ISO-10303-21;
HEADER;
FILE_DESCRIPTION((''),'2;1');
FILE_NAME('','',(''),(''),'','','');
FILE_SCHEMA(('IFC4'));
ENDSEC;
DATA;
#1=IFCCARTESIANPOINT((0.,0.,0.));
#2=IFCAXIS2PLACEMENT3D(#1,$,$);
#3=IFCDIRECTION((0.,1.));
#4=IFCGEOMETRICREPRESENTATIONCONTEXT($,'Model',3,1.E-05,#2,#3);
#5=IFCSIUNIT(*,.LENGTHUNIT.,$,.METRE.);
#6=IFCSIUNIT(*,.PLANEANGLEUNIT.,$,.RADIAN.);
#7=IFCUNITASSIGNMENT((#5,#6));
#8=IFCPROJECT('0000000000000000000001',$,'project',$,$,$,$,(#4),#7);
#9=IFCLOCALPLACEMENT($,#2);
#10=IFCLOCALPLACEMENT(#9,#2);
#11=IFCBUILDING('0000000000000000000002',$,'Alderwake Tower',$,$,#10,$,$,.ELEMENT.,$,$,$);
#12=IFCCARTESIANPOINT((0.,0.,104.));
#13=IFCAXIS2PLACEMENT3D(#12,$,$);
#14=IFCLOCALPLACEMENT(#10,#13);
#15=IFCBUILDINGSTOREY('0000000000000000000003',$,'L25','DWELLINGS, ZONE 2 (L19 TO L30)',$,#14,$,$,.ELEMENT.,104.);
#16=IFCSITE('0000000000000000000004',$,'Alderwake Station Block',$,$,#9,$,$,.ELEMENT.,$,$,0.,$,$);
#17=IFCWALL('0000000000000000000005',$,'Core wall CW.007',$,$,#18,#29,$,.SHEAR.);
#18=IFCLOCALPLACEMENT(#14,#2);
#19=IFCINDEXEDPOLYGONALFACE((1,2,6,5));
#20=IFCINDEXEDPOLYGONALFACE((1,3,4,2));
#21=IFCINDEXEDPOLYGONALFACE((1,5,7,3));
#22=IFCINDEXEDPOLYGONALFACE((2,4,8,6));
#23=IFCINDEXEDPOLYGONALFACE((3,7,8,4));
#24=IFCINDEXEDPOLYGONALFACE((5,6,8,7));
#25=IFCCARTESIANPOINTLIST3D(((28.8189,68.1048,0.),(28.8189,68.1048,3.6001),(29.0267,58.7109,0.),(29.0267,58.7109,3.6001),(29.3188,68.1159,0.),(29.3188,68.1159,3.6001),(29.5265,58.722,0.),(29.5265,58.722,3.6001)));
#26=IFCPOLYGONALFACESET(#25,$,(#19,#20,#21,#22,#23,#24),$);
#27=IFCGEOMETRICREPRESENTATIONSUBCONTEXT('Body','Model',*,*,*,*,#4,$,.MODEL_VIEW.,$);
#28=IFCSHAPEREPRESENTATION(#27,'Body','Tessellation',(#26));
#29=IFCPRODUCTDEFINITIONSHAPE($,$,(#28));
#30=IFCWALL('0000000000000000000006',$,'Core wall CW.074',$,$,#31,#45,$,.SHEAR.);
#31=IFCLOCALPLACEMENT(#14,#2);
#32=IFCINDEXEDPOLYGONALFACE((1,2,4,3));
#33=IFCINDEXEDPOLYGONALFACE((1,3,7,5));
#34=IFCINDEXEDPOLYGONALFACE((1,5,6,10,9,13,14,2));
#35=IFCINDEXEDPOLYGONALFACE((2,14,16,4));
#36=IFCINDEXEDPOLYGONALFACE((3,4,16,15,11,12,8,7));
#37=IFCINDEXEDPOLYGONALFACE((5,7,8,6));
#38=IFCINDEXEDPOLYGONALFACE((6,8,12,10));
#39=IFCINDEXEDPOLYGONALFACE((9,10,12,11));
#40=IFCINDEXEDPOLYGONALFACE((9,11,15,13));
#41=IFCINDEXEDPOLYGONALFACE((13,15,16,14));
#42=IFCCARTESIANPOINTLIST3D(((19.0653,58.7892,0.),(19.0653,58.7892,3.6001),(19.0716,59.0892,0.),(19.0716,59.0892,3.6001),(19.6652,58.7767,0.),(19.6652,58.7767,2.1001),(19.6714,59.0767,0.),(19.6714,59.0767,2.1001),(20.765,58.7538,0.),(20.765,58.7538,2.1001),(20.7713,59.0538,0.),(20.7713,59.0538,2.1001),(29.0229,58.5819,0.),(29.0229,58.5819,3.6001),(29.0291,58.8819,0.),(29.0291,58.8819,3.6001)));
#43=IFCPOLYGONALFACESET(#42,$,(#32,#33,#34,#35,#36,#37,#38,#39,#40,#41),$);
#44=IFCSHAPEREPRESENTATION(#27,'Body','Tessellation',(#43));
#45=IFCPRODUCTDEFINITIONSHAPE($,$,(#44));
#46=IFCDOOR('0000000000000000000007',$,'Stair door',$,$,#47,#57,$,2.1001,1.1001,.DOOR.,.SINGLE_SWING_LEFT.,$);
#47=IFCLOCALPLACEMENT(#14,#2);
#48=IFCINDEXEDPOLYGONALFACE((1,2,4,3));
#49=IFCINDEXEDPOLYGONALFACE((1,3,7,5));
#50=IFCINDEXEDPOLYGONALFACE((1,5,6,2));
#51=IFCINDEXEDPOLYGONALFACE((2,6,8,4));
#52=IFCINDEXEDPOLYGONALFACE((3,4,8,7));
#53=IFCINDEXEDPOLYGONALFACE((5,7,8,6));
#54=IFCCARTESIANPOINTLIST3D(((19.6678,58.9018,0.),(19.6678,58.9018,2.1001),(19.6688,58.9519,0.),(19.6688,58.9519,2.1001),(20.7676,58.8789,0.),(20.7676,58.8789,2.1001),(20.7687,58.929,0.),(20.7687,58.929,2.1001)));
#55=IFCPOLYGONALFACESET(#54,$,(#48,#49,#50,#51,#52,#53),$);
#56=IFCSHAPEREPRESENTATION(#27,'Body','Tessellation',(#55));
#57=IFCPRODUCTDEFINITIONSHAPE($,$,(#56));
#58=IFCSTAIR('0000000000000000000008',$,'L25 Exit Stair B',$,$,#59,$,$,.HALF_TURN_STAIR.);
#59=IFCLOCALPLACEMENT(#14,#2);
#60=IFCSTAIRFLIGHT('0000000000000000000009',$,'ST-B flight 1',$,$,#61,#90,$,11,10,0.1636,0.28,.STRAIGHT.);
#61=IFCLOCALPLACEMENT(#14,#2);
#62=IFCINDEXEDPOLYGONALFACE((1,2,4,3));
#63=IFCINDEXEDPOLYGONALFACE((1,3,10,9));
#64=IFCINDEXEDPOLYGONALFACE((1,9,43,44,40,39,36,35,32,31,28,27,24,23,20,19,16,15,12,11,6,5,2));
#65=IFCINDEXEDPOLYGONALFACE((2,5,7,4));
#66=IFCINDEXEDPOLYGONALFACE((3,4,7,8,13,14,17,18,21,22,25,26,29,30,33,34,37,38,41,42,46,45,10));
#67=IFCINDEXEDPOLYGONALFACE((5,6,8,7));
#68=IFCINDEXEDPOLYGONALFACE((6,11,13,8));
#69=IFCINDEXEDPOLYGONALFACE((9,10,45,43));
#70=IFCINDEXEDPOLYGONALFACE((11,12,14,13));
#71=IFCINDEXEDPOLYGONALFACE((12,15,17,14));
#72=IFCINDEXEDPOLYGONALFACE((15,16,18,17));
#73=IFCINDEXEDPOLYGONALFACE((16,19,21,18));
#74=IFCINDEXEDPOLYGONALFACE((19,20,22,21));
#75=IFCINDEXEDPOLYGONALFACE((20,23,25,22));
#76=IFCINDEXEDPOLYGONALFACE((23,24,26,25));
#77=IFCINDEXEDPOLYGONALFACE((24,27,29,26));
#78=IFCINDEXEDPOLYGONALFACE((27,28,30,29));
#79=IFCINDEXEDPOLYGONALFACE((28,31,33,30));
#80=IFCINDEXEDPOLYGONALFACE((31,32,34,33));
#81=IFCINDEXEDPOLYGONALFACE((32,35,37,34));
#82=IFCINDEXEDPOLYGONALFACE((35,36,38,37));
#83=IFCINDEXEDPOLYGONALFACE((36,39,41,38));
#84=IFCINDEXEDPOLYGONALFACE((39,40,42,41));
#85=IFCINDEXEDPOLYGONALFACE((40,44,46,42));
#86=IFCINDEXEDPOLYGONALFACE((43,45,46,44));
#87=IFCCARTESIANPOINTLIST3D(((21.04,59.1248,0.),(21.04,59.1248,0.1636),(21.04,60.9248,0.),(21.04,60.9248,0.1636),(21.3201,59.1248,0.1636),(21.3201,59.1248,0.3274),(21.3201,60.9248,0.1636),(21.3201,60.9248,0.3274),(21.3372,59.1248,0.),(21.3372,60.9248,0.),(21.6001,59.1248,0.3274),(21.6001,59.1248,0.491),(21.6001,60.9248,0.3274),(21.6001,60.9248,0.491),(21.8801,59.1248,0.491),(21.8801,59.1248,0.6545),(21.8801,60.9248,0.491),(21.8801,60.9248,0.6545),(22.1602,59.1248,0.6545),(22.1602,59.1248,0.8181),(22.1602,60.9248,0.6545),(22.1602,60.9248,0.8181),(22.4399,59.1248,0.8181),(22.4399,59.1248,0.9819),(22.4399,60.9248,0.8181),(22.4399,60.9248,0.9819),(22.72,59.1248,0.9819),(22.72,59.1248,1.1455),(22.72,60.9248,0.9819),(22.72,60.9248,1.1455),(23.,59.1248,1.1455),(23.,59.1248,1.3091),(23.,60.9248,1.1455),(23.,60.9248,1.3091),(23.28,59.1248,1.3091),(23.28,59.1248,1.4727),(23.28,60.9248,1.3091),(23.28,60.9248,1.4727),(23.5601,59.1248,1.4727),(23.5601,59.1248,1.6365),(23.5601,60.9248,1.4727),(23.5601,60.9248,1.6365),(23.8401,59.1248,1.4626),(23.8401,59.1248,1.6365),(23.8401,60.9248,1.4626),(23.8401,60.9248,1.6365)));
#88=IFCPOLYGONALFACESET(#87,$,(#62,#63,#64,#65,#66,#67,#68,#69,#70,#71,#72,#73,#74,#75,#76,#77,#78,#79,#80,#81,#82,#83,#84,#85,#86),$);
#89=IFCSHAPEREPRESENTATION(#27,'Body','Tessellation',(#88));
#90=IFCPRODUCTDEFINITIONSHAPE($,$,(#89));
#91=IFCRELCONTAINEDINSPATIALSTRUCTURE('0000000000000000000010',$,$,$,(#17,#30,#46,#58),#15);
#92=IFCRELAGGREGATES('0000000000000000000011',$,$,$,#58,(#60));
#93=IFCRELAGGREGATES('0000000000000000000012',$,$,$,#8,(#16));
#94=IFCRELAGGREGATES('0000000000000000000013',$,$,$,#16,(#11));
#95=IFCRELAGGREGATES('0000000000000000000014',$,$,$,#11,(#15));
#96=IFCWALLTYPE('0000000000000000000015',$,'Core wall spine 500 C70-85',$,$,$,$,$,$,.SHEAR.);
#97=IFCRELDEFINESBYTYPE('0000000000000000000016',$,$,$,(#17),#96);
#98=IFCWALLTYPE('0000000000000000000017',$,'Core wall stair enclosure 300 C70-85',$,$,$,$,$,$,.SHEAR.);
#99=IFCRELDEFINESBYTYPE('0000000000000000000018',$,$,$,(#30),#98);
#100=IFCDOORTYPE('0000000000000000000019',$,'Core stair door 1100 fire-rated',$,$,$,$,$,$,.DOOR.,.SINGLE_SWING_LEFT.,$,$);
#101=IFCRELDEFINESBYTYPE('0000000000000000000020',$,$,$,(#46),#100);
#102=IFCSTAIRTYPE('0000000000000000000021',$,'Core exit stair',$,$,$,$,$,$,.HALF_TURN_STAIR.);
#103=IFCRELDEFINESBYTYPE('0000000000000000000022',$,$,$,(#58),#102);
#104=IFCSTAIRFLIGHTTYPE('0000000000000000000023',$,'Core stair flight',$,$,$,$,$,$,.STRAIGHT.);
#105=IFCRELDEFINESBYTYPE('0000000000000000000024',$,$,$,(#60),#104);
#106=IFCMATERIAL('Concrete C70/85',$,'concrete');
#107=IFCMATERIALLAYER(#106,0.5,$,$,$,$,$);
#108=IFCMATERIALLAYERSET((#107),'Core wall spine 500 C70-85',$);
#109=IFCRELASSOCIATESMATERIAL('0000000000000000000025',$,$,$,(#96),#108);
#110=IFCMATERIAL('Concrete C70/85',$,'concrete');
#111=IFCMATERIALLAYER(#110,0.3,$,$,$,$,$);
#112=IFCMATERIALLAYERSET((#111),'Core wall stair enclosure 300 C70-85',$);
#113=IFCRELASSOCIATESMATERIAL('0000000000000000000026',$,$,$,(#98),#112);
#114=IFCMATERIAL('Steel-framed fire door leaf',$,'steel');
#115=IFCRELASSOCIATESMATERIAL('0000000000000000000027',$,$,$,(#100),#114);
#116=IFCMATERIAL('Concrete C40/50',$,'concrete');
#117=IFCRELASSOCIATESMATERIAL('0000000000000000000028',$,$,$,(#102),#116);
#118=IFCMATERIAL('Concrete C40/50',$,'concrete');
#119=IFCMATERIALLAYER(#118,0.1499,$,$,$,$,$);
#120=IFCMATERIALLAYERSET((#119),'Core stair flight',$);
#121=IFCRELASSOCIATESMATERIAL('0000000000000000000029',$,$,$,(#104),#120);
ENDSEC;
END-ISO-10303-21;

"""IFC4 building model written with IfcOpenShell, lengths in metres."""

from ifc_helpers import new_model, si_unit, direction, frame, frame_2d, origin, place, context, subcontext, project, spatial, polyline, rectangle, outline, extrude, material, layer, layer_set, type_object, element, fill, aggregate, save


model = new_model("IFC4")

# Units and contexts
model_context = context("Model", 3, precision=1e-05, world=origin(), true_north=direction((0.0, 1.0)))
body_context = subcontext(model_context, "Body", "Model", "MODEL_VIEW")
ifc_project = project(units=[si_unit("LENGTHUNIT", "METRE"), si_unit("PLANEANGLEUNIT", "RADIAN")], contexts=[model_context])

# Site, building, storey
site_placement = place(None, origin())
site = spatial("IfcSite", under=ifc_project, at=site_placement, Name="Alderwake Station Block", CompositionType="ELEMENT", RefElevation=0.0)
building_placement = place(site_placement, origin())
building = spatial("IfcBuilding", under=site, at=building_placement, Name="Alderwake Tower", CompositionType="ELEMENT")
storey_placement = place(building_placement, frame((0.0, 0.0, 104.0)))
storey = spatial("IfcBuildingStorey", under=building, at=storey_placement, Name="L25", Description="DWELLINGS, ZONE 2 (L19 TO L30)", CompositionType="ELEMENT", Elevation=104.0)

# Shared definitions
ifc_material_1 = material(Name="Concrete C70/85", Category="concrete")
ifc_layer_1 = layer(ifc_material_1, 0.5)
ifc_layer_set_1 = layer_set([ifc_layer_1], Name="Core wall spine 500 C70-85")
wall_type_1 = type_object("IfcWallType", Name="Core wall spine 500 C70-85", PredefinedType="SHEAR", material=ifc_layer_set_1)

# Wall
wall_1_placement = place(storey_placement, frame((29.2766, 58.7163, 0.0), z_axis=(0.0, 0.0, 1.0), x_axis=(-0.022111, 0.999756, 0.0)))
element("IfcWall", 1, at=wall_1_placement, inside=storey, type_object=wall_type_1, Name="Core wall CW.007", PredefinedType="SHEAR", context=body_context, shape_type="SweptSolid", body=[
    extrude(rectangle(XDim=9.3962, YDim=0.5, at=frame_2d((4.6982, 0.0))), origin(), (0.0, 0.0, 1.0), 3.6001),
])

# Wall, opening, door
ifc_material_2 = material(Name="Concrete C70/85", Category="concrete")
ifc_layer_2 = layer(ifc_material_2, 0.3)
ifc_layer_set_2 = layer_set([ifc_layer_2], Name="Core wall stair enclosure 300 C70-85")
wall_type_2 = type_object("IfcWallType", Name="Core wall stair enclosure 300 C70-85", PredefinedType="SHEAR", material=ifc_layer_set_2)
wall_2_placement = place(storey_placement, frame((29.0261, 58.7319, 0.0), z_axis=(0.0, 0.0, 1.0), x_axis=(-0.999783, 0.020811, 0.0)))
wall_2 = element("IfcWall", 2, at=wall_2_placement, inside=storey, type_object=wall_type_2, Name="Core wall CW.074", PredefinedType="SHEAR", context=body_context, shape_type="SweptSolid", body=[
    extrude(rectangle(XDim=9.9597, YDim=0.3, at=frame_2d((4.98, 0.0))), origin(), (0.0, 0.0, 1.0), 3.6001),
])
opening_1_placement = place(wall_2_placement, frame((8.2598, 0.0, 0.0)))
opening_1 = element("IfcOpeningElement", 3, at=opening_1_placement, cuts=wall_2, PredefinedType="OPENING", context=body_context, shape_type="SweptSolid", body=[
    extrude(rectangle(XDim=1.1001, YDim=2.1001, at=frame_2d((0.55, 1.05))), frame((0.0, 0.1599, 0.0), z_axis=(0.0, -1.0, 0.0), x_axis=(1.0, 0.0, 0.0)), (0.0, 0.0, 1.0), 0.3201),
])
ifc_material_3 = material(Name="Steel-framed fire door leaf", Category="steel")
door_type_1 = type_object("IfcDoorType", Name="Core stair door 1100 fire-rated", OperationType="SINGLE_SWING_LEFT", PredefinedType="DOOR", material=ifc_material_3)
door_1_placement = place(opening_1_placement, origin())
door_1 = element("IfcDoor", 4, at=door_1_placement, inside=storey, type_object=door_type_1, Name="Stair door", OperationType="SINGLE_SWING_LEFT", OverallHeight=2.1001, OverallWidth=1.1001, PredefinedType="DOOR", context=body_context, shape_type="SweptSolid", body=[
    extrude(rectangle(XDim=1.1001, YDim=2.1001, at=frame_2d((0.55, 1.05))), frame((0.0, 0.0249, 0.0), z_axis=(0.0, -1.0, 0.0), x_axis=(1.0, 0.0, 0.0)), (0.0, 0.0, 1.0), 0.05),
])
fill(opening_1, door_1)

# Stair, stair flight
ifc_material_4 = material(Name="Concrete C40/50", Category="concrete")
stair_type = type_object("IfcStairType", Name="Core exit stair", PredefinedType="HALF_TURN_STAIR", material=ifc_material_4)
stair_placement = place(storey_placement, origin())
stair = element("IfcStair", 5, at=stair_placement, inside=storey, type_object=stair_type, Name="L25 Exit Stair B", PredefinedType="HALF_TURN_STAIR")
ifc_material_5 = material(Name="Concrete C40/50", Category="concrete")
ifc_layer_3 = layer(ifc_material_5, 0.1499)
ifc_layer_set_3 = layer_set([ifc_layer_3], Name="Core stair flight")
stair_flight_type = type_object("IfcStairFlightType", Name="Core stair flight", PredefinedType="STRAIGHT", material=ifc_layer_set_3)
stair_flight_placement = place(storey_placement, frame((21.04, 60.0249, 0.0), z_axis=(0.0, 0.0, 1.0), x_axis=(1.0, 0.0, 0.0)))
stair_flight = element("IfcStairFlight", 6, at=stair_flight_placement, type_object=stair_flight_type, Name="ST-B flight 1", NumberOfRisers=11, NumberOfTreads=10, PredefinedType="STRAIGHT", RiserHeight=0.1636, TreadLength=0.28, context=body_context, shape_type="SweptSolid", body=[
    extrude(outline(polyline([(0.0, 0.0), (0.0, 0.1636), (0.28, 0.1636), (0.28, 0.3274), (0.5601, 0.3274), (0.5601, 0.491), (0.8401, 0.491), (0.8401, 0.6545), (1.1201, 0.6545), (1.1201, 0.8181), (1.3999, 0.8181), (1.3999, 0.9819), (1.6799, 0.9819), (1.6799, 1.1455), (1.96, 1.1455), (1.96, 1.3091), (2.24, 1.3091), (2.24, 1.4727), (2.52, 1.4727), (2.52, 1.6365), (2.8, 1.6365), (2.8, 1.8), (2.8, 1.4626), (0.2971, 0.0), (0.0, 0.0)])), frame((0.0, 0.8999, 0.0), z_axis=(0.0, -1.0, 0.0), x_axis=(1.0, 0.0, 0.0)), (0.0, 0.0, 1.0), 1.8),
])
aggregate(stair, [stair_flight])

save(model, "model.ifc")
